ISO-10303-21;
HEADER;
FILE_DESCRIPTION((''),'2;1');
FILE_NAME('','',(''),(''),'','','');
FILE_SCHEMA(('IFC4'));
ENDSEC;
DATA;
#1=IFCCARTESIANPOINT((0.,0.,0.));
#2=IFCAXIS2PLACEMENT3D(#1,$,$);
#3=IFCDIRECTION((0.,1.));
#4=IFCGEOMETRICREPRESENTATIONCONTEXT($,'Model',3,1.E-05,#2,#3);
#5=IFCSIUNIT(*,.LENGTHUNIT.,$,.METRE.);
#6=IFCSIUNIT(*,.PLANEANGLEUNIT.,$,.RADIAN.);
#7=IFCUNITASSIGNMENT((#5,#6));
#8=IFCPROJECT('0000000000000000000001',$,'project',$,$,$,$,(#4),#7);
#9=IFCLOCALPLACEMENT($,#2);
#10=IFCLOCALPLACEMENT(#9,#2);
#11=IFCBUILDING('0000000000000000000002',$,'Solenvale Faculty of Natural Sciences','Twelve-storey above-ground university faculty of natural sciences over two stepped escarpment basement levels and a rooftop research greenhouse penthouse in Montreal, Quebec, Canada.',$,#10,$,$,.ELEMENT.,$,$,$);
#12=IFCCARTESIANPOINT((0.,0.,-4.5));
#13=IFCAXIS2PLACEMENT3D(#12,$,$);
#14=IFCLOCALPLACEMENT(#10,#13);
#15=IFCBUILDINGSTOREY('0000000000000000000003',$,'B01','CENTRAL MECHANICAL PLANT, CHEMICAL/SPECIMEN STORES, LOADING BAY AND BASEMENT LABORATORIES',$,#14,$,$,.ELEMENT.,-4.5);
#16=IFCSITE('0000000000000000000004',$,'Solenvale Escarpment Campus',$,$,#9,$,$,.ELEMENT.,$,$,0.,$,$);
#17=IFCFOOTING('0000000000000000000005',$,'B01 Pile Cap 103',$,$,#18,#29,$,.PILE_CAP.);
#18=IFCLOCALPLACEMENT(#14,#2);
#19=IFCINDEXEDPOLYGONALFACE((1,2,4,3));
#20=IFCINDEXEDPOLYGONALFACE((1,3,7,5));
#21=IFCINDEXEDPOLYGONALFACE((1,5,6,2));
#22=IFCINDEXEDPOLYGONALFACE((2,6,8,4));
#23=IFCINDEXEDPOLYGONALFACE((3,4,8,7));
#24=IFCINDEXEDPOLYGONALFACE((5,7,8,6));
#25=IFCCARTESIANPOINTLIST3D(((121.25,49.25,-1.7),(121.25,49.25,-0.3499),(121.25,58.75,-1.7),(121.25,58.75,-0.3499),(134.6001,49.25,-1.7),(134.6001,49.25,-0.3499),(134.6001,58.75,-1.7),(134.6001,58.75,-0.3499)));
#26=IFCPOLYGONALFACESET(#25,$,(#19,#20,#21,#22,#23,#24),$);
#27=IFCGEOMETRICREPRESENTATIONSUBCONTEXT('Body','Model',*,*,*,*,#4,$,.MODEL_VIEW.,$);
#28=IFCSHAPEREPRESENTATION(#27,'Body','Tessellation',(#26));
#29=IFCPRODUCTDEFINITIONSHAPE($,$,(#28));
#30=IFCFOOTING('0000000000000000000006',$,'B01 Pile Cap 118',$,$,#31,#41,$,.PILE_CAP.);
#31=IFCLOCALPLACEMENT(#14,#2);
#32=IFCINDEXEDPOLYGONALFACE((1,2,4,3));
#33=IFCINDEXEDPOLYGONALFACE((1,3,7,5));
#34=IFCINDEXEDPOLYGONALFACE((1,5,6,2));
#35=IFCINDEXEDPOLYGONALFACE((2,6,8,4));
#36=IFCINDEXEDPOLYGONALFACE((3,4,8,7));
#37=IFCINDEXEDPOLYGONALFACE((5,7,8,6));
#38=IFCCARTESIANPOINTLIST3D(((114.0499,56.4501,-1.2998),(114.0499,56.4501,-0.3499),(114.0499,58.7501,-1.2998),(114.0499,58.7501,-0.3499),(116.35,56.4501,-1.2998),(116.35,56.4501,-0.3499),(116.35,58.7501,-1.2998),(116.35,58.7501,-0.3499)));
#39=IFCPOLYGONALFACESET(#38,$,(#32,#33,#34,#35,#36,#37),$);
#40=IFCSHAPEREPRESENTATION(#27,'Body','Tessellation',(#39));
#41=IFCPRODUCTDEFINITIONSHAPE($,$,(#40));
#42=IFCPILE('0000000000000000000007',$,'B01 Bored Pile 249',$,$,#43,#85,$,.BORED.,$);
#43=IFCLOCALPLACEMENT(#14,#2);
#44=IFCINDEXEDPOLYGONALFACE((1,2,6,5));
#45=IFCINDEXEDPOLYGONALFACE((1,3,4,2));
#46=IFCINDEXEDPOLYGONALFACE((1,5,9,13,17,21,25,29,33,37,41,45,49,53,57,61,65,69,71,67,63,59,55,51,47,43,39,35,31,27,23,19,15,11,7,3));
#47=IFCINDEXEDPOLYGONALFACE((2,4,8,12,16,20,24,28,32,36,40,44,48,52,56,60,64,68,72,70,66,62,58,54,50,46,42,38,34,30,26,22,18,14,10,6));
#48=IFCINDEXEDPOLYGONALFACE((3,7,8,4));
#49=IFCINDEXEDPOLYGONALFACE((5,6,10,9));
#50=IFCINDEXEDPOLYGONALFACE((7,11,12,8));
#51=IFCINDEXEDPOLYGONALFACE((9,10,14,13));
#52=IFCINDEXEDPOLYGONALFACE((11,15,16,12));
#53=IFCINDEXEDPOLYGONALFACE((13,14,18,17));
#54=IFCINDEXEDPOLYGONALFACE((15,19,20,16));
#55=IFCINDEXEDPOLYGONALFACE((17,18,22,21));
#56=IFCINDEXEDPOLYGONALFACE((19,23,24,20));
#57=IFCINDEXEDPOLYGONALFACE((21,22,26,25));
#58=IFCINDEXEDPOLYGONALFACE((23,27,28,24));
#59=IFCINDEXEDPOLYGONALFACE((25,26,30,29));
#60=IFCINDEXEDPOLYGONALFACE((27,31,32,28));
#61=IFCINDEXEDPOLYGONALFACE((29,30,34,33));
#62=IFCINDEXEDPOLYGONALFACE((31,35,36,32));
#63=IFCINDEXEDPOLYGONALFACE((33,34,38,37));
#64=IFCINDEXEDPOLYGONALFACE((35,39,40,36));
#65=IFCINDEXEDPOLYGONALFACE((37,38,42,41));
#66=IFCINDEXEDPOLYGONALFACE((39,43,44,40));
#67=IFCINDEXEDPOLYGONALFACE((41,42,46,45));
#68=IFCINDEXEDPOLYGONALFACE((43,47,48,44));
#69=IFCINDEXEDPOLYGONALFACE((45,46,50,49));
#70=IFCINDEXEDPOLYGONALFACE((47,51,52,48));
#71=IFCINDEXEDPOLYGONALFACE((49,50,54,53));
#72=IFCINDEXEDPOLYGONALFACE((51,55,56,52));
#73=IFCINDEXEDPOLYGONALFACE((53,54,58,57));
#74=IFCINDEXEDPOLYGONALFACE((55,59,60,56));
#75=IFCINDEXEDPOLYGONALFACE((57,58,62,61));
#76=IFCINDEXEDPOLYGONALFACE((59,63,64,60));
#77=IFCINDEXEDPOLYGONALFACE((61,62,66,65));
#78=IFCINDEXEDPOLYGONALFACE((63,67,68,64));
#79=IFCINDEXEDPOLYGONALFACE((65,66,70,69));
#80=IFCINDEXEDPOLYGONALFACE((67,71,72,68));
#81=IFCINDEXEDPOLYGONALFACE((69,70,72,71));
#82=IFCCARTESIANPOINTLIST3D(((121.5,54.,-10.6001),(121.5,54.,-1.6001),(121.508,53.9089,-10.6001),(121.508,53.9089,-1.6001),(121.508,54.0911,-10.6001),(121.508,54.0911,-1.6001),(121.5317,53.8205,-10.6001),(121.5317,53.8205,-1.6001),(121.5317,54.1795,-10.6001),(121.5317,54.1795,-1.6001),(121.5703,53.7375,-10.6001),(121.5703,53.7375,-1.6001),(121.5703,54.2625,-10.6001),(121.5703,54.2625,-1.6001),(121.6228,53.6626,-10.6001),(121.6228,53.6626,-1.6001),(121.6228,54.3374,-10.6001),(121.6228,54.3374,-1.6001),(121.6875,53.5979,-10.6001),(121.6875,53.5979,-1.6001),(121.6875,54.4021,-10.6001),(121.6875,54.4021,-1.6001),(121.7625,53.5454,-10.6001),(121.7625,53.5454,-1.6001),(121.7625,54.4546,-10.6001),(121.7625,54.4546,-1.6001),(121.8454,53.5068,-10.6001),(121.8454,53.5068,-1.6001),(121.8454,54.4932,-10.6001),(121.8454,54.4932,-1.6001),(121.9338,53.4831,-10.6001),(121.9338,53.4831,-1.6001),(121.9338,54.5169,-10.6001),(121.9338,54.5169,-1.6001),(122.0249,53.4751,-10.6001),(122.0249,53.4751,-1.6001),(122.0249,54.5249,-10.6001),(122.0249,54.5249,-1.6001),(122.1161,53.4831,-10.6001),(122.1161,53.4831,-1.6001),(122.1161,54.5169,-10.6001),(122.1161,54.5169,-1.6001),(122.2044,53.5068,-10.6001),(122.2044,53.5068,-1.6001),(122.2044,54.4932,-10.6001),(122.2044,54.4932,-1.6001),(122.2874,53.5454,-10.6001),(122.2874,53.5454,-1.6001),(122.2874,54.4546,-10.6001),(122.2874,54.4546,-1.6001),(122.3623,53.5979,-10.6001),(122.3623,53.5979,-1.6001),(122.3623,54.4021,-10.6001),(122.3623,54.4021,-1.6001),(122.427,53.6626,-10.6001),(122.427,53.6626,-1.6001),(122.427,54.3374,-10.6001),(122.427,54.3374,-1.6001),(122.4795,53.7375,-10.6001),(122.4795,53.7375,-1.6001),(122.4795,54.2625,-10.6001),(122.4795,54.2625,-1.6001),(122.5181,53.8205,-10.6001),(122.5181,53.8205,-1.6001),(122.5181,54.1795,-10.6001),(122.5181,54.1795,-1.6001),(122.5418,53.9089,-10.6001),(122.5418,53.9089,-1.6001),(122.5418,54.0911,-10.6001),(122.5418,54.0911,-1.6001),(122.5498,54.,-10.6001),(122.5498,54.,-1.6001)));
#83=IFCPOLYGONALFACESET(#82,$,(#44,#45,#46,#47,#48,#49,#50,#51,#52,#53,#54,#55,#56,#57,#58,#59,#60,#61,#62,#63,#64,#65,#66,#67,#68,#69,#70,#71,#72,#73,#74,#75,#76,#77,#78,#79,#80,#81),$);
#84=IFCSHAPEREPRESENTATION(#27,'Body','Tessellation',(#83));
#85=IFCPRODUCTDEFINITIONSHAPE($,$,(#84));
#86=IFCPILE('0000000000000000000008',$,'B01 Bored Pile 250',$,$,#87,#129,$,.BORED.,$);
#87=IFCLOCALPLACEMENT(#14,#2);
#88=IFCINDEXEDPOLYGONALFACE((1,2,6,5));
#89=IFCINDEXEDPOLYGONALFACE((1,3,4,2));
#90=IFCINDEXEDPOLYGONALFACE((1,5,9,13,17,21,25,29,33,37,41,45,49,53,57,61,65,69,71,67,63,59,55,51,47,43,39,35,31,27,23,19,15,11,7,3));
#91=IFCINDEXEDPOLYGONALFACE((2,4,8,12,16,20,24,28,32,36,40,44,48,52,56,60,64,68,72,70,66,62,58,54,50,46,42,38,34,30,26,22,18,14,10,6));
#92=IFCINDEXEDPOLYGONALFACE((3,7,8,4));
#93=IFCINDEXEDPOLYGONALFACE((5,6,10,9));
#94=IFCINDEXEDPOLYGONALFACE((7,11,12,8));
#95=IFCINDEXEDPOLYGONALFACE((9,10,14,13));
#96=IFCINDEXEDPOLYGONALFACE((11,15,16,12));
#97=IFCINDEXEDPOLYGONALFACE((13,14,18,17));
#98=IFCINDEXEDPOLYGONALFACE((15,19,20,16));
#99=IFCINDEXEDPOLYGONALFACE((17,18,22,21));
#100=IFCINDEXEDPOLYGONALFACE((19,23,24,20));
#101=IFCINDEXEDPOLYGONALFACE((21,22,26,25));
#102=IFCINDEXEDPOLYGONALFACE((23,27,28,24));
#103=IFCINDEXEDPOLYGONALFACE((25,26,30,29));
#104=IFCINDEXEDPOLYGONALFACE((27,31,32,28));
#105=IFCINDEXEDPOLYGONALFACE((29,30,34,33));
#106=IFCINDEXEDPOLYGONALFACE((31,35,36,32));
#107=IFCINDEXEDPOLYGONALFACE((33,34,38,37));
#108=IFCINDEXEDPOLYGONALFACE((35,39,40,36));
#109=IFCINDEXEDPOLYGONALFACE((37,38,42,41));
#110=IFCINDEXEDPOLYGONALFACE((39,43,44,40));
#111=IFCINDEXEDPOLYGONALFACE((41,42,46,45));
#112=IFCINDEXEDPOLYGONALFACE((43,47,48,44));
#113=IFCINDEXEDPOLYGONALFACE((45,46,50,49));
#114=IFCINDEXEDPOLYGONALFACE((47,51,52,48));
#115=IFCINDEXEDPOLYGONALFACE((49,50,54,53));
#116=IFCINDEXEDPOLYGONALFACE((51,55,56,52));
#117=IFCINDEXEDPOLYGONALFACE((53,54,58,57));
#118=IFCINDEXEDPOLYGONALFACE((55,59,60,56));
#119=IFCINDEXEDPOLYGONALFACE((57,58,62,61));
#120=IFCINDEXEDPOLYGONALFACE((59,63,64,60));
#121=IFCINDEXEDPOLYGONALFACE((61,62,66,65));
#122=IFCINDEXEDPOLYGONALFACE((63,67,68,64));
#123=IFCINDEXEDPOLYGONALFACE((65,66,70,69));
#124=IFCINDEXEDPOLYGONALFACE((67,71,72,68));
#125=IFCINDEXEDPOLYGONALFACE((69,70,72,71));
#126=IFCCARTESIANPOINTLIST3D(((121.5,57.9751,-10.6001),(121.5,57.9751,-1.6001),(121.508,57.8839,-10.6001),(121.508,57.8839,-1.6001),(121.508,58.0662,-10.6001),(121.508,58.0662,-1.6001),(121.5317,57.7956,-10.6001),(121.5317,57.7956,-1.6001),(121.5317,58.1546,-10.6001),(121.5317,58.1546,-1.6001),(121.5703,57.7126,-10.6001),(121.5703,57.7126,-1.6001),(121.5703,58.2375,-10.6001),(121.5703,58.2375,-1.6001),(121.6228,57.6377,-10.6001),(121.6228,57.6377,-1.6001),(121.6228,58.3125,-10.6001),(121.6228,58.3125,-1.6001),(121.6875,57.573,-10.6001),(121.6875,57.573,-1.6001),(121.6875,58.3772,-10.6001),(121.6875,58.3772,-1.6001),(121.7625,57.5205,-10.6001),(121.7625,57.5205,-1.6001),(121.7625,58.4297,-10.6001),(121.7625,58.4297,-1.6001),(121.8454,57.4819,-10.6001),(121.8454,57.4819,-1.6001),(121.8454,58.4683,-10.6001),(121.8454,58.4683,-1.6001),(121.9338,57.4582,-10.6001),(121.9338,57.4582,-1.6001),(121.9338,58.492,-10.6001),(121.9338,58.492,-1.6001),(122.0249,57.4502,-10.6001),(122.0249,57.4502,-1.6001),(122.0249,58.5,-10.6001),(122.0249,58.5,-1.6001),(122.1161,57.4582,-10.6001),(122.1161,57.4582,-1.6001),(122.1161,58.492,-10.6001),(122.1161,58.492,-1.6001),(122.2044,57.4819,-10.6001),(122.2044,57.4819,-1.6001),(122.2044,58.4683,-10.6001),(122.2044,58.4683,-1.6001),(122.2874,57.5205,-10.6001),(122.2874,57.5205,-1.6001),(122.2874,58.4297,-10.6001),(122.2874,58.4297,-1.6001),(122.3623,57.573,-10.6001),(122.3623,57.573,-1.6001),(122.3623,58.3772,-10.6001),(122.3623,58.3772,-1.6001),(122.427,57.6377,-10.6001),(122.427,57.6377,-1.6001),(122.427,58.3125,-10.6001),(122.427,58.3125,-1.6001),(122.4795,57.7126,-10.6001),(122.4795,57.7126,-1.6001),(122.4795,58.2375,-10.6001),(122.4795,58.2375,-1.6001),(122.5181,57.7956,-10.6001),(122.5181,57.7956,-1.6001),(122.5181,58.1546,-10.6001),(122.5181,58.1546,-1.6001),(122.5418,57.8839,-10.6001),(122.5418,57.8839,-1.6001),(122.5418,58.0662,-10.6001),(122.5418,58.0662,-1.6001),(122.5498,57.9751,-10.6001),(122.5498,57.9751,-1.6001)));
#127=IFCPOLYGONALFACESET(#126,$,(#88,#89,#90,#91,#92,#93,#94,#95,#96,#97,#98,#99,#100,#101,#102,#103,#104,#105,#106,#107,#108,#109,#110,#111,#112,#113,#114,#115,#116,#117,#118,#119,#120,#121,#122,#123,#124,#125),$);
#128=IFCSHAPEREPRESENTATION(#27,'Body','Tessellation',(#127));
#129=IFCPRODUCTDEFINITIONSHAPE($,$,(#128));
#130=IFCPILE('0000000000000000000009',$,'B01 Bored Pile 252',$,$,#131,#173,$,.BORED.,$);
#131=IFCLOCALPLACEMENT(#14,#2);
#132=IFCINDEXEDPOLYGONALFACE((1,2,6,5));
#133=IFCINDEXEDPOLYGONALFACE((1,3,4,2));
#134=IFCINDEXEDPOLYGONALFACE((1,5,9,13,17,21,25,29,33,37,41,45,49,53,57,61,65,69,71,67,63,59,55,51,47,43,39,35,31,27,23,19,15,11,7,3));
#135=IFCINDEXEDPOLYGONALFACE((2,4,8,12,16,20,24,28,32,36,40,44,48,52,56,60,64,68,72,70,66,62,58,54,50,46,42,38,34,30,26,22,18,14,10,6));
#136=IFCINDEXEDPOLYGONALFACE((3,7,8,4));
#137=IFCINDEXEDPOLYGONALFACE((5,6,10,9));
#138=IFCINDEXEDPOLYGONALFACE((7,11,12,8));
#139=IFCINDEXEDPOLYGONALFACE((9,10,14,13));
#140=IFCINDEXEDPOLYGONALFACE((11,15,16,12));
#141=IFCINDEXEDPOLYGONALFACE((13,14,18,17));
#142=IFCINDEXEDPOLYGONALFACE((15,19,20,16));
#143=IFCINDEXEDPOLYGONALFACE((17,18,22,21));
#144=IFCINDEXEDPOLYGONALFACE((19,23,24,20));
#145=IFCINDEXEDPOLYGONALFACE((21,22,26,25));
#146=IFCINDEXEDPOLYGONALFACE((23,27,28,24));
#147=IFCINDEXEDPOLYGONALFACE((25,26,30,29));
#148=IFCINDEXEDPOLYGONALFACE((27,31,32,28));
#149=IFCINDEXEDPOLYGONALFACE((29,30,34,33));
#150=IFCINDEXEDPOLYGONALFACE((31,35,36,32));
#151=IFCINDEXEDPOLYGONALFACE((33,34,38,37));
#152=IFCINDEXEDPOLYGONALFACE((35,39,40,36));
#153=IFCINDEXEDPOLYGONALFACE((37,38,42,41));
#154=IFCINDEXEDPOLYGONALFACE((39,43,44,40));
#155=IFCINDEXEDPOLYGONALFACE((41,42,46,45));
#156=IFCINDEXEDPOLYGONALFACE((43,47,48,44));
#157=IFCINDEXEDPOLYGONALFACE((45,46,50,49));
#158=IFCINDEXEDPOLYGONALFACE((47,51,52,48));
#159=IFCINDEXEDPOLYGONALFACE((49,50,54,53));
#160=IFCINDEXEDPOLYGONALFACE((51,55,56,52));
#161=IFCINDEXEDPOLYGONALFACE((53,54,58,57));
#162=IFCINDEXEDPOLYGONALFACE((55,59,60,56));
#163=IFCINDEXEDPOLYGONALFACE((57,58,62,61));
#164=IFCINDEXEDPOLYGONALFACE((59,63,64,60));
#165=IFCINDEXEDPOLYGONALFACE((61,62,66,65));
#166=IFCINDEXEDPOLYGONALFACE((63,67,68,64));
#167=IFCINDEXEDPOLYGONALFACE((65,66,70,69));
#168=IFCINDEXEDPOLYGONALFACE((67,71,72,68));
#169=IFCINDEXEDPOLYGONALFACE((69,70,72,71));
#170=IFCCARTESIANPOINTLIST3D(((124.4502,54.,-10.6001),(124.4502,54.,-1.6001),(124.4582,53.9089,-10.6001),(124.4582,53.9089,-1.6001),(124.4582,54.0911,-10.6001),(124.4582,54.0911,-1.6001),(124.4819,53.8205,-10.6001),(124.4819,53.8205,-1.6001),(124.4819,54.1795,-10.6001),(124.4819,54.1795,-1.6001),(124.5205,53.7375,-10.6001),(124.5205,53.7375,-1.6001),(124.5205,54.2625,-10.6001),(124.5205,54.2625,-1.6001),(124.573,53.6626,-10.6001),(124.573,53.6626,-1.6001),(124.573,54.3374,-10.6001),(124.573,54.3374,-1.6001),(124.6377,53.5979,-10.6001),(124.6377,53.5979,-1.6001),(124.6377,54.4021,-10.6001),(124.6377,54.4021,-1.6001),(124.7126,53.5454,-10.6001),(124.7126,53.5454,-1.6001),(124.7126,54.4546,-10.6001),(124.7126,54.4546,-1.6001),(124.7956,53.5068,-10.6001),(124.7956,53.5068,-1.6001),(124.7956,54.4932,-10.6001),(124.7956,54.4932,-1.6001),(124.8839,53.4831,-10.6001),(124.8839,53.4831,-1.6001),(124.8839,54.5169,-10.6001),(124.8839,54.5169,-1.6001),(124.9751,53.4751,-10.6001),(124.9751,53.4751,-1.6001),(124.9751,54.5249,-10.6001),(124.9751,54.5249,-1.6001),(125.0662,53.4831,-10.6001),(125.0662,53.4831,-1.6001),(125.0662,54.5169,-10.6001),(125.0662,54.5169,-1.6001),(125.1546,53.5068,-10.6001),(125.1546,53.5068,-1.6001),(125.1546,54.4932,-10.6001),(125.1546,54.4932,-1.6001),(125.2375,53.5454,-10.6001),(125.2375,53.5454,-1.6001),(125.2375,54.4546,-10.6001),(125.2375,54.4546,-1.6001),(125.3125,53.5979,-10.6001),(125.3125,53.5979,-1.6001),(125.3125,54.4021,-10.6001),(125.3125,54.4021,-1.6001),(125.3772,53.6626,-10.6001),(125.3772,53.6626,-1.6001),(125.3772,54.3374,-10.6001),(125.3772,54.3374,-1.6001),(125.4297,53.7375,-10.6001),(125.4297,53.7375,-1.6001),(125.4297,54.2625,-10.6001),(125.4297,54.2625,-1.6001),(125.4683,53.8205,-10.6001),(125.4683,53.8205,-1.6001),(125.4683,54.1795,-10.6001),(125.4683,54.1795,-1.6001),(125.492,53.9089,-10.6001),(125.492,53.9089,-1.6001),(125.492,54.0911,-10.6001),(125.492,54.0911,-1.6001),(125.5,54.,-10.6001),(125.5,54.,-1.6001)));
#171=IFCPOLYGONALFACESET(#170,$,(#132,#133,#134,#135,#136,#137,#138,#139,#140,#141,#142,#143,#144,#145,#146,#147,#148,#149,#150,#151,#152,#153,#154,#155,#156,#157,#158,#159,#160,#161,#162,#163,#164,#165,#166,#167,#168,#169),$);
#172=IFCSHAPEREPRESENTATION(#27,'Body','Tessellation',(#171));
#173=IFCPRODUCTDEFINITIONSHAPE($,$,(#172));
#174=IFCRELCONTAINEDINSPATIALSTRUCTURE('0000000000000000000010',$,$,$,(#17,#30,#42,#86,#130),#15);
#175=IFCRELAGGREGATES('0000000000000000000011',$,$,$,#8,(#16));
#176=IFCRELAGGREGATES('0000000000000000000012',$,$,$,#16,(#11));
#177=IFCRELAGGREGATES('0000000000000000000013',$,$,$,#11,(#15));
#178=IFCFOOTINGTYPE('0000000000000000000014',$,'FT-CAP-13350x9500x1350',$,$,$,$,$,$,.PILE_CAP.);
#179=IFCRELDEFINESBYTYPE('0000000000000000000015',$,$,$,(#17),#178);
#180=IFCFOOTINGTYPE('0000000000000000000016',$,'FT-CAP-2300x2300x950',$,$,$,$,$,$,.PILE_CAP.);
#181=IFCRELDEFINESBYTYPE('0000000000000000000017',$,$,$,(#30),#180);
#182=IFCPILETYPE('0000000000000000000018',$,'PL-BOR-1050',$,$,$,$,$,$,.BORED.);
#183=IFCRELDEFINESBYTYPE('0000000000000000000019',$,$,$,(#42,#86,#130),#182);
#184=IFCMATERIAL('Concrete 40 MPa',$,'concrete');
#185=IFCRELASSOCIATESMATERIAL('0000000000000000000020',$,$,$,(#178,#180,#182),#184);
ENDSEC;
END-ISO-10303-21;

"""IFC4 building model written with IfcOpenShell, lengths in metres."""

from ifc_helpers import new_model, si_unit, direction, frame, origin, origin_2d, place, context, subcontext, project, spatial, rectangle, circle, extrude, material, material_profile, profile_set, type_object, element, save


model = new_model("IFC4")

# Units and contexts
model_context = context("Model", 3, precision=1e-05, world=origin(), true_north=direction((0.0, 1.0)))
body_context = subcontext(model_context, "Body", "Model", "MODEL_VIEW")
ifc_project = project(units=[si_unit("LENGTHUNIT", "METRE"), si_unit("PLANEANGLEUNIT", "RADIAN")], contexts=[model_context])

# Site, building, storey
site_placement = place(None, origin())
site = spatial("IfcSite", under=ifc_project, at=site_placement, Name="Solenvale Escarpment Campus", CompositionType="ELEMENT", RefElevation=0.0)
building_placement = place(site_placement, origin())
building = spatial("IfcBuilding", under=site, at=building_placement, Name="Solenvale Faculty of Natural Sciences", Description="Twelve-storey above-ground university faculty of natural sciences over two stepped escarpment basement levels and a rooftop research greenhouse penthouse in Montreal, Quebec, Canada.", CompositionType="ELEMENT")
storey_placement = place(building_placement, frame((0.0, 0.0, -4.5)))
storey = spatial("IfcBuildingStorey", under=building, at=storey_placement, Name="B01", Description="CENTRAL MECHANICAL PLANT, CHEMICAL/SPECIMEN STORES, LOADING BAY AND BASEMENT LABORATORIES", CompositionType="ELEMENT", Elevation=-4.5)

# Footings
ifc_material_1 = material(Name="Concrete 40 MPa", Category="concrete")
footing_type_1 = type_object("IfcFootingType", Name="FT-CAP-13350x9500x1350", PredefinedType="PILE_CAP", material=ifc_material_1)
footing_1_placement = place(storey_placement, frame((127.925, 54.0, -1.7), z_axis=(0.0, 0.0, 1.0), x_axis=(1.0, 0.0, 0.0)))
element("IfcFooting", 1, at=footing_1_placement, inside=storey, type_object=footing_type_1, Name="B01 Pile Cap 103", PredefinedType="PILE_CAP", context=body_context, shape_type="SweptSolid", body=[
    extrude(rectangle(XDim=13.3501, YDim=9.5, at=origin_2d()), origin(), (0.0, 0.0, 1.0), 1.3501),
])
footing_type_2 = type_object("IfcFootingType", Name="FT-CAP-2300x2300x950", PredefinedType="PILE_CAP", material=ifc_material_1)
footing_2_placement = place(storey_placement, frame((115.2, 57.6001, -1.2998), z_axis=(0.0, 0.0, 1.0), x_axis=(1.0, 0.0, 0.0)))
element("IfcFooting", 2, at=footing_2_placement, inside=storey, type_object=footing_type_2, Name="B01 Pile Cap 118", PredefinedType="PILE_CAP", context=body_context, shape_type="SweptSolid", body=[
    extrude(rectangle(XDim=2.3, YDim=2.3, at=origin_2d()), origin(), (0.0, 0.0, 1.0), 0.95),
])

# Piles
ifc_material_profile_1 = material_profile(ifc_material_1, circle(Radius=0.5249, at=origin_2d()), Name="PILE-D1050")
ifc_profile_set_1 = profile_set([ifc_material_profile_1], Name="Concrete 40 MPa")
pile_type_1 = type_object("IfcPileType", Name="PL-BOR-1050", PredefinedType="BORED", material=ifc_profile_set_1)
for number, where, z_axis, x_axis, name in (
    (3, (122.0249, 54.0, -1.6001), (0.0, 0.0, -1.0), (1.0, 0.0, 0.0), "B01 Bored Pile 249"),
    (4, (122.0249, 57.9751, -1.6001), (0.0, 0.0, -1.0), (1.0, 0.0, 0.0), "B01 Bored Pile 250"),
    (5, (124.9751, 54.0, -1.6001), (0.0, 0.0, -1.0), (1.0, 0.0, 0.0), "B01 Bored Pile 252"),
):
    element("IfcPile", number, at=place(storey_placement, frame(where, z_axis=z_axis, x_axis=x_axis)), inside=storey, type_object=pile_type_1, Name=name, PredefinedType="BORED", context=body_context, shape_type="SweptSolid", body=[
        extrude(circle(Radius=0.5249, at=origin_2d()), origin(), (0.0, 0.0, 1.0), 9.0),
    ])

save(model, "model.ifc")
